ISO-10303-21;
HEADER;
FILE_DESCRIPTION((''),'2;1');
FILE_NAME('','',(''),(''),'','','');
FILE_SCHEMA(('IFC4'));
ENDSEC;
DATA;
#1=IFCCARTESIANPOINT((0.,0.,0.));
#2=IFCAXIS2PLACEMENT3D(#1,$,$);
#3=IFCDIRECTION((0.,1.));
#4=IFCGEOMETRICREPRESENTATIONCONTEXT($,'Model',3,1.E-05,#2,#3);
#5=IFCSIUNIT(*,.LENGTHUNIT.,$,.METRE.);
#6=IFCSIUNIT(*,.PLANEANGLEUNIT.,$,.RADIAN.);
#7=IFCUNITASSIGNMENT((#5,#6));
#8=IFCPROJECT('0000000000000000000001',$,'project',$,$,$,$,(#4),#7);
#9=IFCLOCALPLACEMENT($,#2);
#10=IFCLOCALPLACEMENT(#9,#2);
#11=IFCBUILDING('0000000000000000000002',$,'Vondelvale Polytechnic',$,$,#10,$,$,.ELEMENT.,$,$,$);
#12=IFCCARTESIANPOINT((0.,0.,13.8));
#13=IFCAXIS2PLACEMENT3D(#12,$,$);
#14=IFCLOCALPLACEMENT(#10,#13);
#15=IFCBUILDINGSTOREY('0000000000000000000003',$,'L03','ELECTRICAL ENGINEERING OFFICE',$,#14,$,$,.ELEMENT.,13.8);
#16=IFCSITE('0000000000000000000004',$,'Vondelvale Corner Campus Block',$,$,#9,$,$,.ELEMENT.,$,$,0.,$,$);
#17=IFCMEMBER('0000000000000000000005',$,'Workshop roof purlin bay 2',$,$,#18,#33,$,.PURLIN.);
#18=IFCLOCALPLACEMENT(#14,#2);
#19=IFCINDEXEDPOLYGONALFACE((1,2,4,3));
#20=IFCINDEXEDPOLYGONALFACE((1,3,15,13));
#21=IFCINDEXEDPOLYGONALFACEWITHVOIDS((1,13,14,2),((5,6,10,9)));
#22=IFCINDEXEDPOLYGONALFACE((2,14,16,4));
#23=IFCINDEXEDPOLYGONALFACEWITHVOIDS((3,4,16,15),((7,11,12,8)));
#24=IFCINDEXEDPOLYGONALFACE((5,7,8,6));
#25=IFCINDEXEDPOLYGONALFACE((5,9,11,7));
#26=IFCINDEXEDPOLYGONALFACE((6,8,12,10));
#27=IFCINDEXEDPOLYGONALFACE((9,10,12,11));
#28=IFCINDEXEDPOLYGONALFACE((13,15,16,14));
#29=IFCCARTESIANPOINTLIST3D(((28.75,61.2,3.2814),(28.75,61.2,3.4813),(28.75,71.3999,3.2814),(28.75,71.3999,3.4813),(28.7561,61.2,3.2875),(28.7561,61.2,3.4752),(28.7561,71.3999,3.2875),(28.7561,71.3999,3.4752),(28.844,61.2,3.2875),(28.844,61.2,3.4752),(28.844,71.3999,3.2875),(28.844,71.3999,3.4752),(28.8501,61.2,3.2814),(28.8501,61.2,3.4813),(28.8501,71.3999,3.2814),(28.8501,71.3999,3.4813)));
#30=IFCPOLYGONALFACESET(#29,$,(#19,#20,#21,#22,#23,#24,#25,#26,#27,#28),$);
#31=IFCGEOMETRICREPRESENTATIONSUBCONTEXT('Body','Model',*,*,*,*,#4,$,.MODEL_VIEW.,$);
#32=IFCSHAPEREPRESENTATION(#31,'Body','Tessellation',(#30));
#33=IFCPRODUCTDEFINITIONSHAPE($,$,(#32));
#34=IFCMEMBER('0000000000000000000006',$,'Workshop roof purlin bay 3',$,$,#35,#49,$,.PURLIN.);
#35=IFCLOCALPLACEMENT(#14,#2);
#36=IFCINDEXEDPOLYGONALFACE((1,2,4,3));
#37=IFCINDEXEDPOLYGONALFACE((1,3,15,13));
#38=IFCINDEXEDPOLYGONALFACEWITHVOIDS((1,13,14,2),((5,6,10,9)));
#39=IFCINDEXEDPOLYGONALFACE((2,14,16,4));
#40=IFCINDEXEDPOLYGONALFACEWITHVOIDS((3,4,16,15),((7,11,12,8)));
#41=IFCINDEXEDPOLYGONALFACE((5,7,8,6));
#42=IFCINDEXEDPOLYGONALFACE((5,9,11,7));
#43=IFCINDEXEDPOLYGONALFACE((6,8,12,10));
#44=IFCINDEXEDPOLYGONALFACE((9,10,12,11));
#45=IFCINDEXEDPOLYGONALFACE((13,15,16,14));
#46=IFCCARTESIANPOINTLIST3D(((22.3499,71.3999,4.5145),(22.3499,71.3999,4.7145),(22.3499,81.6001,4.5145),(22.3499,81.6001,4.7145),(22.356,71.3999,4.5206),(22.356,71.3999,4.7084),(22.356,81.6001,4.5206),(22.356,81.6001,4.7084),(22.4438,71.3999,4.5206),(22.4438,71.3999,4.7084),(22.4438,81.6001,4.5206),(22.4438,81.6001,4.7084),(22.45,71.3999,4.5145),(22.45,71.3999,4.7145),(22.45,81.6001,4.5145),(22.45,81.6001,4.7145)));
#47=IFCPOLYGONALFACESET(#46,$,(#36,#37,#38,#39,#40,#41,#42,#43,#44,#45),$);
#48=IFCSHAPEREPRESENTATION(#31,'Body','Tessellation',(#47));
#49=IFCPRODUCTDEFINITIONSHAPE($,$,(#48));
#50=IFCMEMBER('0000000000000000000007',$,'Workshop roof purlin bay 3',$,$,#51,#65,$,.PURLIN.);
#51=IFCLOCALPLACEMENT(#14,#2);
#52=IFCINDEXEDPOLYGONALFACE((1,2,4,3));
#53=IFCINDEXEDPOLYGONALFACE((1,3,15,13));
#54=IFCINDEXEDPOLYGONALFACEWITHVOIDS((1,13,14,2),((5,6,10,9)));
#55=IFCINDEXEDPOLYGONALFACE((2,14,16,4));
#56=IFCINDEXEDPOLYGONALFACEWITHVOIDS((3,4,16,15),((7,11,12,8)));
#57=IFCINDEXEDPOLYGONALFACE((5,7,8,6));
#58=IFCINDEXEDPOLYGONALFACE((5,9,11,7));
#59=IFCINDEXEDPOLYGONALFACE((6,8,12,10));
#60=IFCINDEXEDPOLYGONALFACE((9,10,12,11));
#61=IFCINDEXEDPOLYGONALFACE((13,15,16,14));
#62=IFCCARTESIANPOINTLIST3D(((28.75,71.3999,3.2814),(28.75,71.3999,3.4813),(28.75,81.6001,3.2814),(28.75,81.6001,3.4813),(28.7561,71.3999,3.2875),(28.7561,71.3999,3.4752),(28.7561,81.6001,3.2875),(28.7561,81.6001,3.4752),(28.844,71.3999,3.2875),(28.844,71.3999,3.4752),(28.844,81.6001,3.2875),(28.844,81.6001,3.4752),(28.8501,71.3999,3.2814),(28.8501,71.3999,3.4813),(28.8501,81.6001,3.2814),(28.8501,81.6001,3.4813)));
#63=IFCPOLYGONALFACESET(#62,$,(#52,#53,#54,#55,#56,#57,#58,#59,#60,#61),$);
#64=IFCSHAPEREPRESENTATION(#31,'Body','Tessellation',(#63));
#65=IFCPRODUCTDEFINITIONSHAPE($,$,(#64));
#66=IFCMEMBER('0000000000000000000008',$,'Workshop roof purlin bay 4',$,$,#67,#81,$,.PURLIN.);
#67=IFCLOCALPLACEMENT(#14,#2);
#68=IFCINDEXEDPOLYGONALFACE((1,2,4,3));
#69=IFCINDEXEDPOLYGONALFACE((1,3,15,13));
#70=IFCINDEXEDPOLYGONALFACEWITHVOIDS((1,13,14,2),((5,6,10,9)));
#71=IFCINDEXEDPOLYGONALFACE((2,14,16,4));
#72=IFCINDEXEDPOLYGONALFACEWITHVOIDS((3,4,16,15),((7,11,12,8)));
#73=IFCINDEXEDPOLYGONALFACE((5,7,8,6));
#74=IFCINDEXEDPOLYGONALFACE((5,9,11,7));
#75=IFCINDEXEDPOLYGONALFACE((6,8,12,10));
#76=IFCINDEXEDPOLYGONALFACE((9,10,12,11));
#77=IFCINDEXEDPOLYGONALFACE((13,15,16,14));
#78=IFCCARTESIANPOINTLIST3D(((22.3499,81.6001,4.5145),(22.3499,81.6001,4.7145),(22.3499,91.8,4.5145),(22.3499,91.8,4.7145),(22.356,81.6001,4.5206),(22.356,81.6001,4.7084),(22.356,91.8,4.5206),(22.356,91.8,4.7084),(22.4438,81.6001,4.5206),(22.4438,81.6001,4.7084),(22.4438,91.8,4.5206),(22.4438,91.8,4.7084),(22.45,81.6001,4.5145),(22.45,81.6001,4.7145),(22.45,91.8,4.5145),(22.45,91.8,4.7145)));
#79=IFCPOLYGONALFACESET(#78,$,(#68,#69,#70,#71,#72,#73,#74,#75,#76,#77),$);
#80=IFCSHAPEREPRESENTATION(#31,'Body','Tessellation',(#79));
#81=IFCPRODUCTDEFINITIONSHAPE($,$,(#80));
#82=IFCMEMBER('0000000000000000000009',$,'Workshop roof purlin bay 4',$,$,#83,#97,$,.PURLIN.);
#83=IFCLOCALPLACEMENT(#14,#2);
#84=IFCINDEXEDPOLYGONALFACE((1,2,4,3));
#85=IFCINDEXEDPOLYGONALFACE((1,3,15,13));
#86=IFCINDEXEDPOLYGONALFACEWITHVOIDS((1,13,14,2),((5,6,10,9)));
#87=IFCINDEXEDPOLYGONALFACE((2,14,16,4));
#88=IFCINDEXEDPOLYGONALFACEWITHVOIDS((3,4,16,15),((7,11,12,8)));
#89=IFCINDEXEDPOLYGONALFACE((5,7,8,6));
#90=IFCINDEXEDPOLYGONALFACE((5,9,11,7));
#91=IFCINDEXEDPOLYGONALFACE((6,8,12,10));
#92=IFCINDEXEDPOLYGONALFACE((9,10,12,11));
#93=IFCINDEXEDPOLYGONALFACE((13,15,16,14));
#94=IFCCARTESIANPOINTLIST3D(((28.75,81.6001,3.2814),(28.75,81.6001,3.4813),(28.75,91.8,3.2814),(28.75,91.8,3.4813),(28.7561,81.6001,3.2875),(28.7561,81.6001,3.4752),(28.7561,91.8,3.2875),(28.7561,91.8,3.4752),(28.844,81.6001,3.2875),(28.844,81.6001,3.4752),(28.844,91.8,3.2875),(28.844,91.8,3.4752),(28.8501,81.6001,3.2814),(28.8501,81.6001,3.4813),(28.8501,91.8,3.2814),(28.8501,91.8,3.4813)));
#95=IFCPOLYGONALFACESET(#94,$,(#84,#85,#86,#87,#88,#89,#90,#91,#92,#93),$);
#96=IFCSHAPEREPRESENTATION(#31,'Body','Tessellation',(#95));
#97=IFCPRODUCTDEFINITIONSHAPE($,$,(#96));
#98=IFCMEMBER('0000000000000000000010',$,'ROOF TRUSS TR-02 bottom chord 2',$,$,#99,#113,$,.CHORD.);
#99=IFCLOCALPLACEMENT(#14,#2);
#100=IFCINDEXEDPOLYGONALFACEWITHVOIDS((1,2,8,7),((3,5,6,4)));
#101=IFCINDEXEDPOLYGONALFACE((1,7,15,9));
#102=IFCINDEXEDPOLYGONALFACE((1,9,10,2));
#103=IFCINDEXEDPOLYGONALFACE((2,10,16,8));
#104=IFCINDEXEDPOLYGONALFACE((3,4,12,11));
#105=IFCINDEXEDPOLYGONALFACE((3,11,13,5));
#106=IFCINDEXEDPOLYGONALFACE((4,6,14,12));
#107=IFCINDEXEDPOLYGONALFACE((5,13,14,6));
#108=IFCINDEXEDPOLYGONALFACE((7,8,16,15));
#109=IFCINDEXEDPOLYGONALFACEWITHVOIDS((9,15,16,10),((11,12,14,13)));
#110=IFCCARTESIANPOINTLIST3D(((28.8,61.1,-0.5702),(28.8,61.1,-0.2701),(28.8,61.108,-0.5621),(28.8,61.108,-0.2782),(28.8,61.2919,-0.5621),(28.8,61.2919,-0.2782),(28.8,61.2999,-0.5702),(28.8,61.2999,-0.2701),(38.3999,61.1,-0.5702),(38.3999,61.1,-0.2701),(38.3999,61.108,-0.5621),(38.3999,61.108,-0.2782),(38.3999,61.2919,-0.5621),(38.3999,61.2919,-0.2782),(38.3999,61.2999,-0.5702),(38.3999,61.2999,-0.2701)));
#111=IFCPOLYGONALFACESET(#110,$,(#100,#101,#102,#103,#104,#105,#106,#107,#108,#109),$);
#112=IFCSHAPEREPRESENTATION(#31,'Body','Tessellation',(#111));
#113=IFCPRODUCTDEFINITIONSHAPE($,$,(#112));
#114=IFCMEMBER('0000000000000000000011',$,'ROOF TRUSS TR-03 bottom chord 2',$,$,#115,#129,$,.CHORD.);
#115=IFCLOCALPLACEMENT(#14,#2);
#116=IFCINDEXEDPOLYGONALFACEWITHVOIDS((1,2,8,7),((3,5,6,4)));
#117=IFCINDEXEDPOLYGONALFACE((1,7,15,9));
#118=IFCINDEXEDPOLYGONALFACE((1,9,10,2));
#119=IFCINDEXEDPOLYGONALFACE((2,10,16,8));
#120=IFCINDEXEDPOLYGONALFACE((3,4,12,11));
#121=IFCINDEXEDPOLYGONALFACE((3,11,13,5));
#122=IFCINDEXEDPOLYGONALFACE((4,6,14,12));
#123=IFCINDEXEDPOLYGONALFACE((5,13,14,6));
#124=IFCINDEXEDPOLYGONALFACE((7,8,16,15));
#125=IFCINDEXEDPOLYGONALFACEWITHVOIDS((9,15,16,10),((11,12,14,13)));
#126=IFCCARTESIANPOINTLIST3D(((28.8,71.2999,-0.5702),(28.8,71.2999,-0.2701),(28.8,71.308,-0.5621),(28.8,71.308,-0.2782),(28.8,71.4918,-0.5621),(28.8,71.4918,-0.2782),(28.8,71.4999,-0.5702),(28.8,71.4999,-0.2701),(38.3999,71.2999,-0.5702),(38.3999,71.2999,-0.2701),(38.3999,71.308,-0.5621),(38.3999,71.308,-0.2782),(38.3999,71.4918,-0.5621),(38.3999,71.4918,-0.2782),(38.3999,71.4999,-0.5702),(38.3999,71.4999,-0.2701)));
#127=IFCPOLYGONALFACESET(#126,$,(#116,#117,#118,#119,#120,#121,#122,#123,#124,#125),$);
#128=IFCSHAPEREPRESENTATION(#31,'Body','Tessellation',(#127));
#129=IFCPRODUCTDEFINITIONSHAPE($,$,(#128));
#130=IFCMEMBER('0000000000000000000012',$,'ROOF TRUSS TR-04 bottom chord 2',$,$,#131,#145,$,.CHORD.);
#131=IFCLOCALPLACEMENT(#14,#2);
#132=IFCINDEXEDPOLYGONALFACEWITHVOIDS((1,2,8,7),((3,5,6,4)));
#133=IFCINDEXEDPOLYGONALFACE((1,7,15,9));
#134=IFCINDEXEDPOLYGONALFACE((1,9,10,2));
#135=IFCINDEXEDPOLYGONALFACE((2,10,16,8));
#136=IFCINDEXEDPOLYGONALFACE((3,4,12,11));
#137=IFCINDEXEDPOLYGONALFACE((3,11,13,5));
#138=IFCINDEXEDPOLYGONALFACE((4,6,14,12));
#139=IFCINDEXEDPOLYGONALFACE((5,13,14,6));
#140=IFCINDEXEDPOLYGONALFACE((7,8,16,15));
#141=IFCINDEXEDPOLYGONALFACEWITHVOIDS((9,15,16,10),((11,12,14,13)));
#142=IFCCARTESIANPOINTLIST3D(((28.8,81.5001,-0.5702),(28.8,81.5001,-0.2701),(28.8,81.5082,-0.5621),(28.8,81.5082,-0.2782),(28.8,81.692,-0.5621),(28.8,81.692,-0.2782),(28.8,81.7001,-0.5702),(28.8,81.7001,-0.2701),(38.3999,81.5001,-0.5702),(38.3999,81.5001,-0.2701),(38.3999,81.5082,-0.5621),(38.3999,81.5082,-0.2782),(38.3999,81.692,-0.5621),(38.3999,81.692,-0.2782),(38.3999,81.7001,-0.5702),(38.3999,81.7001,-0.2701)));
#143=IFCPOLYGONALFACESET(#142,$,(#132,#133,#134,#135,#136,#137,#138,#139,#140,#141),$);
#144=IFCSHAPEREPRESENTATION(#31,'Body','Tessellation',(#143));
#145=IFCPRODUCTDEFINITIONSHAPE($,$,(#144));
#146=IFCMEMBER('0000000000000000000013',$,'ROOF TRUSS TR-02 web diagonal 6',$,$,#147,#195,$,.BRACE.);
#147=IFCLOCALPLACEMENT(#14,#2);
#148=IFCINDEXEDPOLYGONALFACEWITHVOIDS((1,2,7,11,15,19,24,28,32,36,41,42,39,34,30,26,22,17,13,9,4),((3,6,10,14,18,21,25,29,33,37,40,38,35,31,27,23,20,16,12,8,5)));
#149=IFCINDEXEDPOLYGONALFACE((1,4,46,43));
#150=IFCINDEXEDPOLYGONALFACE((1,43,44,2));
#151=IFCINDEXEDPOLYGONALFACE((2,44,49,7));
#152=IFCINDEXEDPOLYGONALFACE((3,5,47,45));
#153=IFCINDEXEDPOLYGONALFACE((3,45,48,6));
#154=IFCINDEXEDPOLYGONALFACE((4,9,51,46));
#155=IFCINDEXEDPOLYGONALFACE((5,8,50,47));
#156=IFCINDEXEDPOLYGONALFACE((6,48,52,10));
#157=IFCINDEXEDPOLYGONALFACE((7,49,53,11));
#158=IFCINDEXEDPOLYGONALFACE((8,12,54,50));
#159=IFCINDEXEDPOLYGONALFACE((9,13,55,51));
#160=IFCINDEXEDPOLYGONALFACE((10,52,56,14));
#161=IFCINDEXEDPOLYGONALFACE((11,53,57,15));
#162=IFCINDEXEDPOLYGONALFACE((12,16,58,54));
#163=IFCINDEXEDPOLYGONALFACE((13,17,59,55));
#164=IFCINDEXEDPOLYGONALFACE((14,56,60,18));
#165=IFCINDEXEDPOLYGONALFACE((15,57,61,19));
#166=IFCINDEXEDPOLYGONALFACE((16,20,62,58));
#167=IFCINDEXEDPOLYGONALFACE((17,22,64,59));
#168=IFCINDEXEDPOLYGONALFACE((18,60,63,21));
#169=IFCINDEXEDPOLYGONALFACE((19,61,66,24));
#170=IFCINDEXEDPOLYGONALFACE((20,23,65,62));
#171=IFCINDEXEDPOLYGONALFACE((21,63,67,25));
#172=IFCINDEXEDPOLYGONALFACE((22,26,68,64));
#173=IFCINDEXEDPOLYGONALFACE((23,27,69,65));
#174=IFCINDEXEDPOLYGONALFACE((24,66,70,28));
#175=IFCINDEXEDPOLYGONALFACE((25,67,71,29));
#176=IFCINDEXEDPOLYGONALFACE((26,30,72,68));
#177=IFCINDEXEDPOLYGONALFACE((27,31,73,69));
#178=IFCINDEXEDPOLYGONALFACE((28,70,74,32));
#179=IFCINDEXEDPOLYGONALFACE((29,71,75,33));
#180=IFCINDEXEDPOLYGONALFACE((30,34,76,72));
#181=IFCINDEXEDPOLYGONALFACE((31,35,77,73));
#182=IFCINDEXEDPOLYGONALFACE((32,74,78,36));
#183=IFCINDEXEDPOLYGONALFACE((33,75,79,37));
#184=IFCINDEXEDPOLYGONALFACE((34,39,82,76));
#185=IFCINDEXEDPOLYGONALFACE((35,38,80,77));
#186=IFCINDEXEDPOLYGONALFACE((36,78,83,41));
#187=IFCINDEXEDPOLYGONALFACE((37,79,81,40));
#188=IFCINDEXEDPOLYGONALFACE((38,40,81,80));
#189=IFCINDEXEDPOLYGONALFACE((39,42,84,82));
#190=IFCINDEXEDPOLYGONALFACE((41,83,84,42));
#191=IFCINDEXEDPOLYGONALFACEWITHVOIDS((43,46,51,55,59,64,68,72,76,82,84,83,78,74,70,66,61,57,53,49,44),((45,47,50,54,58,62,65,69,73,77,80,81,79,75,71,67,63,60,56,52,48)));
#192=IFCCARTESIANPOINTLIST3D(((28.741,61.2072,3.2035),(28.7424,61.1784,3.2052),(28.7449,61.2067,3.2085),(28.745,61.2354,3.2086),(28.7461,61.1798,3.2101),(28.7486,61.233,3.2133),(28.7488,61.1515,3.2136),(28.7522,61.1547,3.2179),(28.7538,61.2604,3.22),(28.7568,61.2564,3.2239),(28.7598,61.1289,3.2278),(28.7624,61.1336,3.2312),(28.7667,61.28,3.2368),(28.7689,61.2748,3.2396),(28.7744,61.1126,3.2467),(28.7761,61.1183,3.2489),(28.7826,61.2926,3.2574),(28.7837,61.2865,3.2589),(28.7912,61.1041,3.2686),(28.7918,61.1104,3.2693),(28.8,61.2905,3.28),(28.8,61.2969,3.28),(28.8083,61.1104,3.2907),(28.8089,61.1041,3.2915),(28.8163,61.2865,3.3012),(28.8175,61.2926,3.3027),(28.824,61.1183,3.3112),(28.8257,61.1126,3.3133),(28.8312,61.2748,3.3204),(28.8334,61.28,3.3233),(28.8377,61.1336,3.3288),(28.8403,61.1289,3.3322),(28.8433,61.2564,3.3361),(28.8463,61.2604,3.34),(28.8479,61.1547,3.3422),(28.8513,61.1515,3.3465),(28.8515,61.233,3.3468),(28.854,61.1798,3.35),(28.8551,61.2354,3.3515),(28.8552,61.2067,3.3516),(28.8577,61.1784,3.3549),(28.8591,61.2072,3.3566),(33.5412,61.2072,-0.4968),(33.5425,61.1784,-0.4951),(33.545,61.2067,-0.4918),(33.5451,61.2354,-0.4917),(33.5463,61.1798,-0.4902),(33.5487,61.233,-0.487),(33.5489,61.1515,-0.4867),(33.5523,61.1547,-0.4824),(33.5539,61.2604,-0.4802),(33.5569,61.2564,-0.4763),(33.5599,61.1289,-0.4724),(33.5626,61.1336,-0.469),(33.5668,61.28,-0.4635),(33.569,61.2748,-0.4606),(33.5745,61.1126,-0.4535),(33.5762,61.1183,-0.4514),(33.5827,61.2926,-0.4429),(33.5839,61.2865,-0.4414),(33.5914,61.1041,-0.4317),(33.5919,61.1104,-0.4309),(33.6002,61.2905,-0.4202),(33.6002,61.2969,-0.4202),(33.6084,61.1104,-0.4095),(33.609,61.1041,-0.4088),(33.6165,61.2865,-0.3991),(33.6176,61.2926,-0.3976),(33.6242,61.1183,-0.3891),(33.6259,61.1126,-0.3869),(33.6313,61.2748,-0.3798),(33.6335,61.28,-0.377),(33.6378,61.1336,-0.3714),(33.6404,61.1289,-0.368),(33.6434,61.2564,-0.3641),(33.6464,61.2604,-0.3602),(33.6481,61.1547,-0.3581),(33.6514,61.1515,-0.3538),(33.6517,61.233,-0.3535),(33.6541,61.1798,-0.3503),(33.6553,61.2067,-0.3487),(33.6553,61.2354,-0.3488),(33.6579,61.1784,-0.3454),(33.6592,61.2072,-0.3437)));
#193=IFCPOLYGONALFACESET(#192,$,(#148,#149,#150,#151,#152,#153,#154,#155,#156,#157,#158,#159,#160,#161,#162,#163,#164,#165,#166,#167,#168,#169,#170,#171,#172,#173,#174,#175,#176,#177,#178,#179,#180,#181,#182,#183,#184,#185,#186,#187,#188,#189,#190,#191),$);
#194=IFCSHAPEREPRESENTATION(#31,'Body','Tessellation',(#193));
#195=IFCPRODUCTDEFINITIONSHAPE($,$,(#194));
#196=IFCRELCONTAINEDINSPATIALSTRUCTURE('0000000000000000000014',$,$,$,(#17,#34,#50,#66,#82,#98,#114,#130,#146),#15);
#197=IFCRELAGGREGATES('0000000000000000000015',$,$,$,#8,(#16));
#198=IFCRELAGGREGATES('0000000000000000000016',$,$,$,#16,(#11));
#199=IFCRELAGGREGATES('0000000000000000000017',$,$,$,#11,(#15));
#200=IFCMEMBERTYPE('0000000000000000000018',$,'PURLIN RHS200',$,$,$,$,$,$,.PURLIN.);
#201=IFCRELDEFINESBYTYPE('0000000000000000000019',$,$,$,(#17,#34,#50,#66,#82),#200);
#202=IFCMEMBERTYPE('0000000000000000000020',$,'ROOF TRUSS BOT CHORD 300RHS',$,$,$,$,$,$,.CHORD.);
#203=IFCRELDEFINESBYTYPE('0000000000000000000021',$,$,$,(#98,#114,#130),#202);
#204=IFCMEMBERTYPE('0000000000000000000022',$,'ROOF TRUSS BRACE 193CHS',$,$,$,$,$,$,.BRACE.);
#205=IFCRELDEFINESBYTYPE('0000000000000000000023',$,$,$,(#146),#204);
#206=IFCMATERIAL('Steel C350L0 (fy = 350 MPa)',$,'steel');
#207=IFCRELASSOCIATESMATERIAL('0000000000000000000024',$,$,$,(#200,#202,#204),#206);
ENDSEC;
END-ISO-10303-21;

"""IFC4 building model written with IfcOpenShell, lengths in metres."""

from ifc_helpers import new_model, si_unit, direction, frame, origin, origin_2d, place, context, subcontext, project, spatial, hollow_rectangle, hollow_circle, extrude, material, material_profile, profile_set, type_object, element, save


model = new_model("IFC4")

# Units and contexts
model_context = context("Model", 3, precision=1e-05, world=origin(), true_north=direction((0.0, 1.0)))
body_context = subcontext(model_context, "Body", "Model", "MODEL_VIEW")
ifc_project = project(units=[si_unit("LENGTHUNIT", "METRE"), si_unit("PLANEANGLEUNIT", "RADIAN")], contexts=[model_context])

# Site, building, storey
site_placement = place(None, origin())
site = spatial("IfcSite", under=ifc_project, at=site_placement, Name="Vondelvale Corner Campus Block", CompositionType="ELEMENT", RefElevation=0.0)
building_placement = place(site_placement, origin())
building = spatial("IfcBuilding", under=site, at=building_placement, Name="Vondelvale Polytechnic", CompositionType="ELEMENT")
storey_placement = place(building_placement, frame((0.0, 0.0, 13.8)))
storey = spatial("IfcBuildingStorey", under=building, at=storey_placement, Name="L03", Description="ELECTRICAL ENGINEERING OFFICE", CompositionType="ELEMENT", Elevation=13.8)

# Members
ifc_material_1 = material(Name="Steel C350L0 (fy = 350 MPa)", Category="steel")
ifc_material_profile_1 = material_profile(ifc_material_1, hollow_rectangle(XDim=0.1001, YDim=0.2, WallThickness=0.0061, at=origin_2d()), Name="200x100x6.0RHS")
ifc_profile_set_1 = profile_set([ifc_material_profile_1], Name="Steel C350L0 (fy = 350 MPa)")
member_type_1 = type_object("IfcMemberType", Name="PURLIN RHS200", PredefinedType="PURLIN", material=ifc_profile_set_1)
member_1_placement = place(storey_placement, frame((28.8, 61.2, 3.3813), z_axis=(0.0, 1.0, 0.0), x_axis=(-1.0, 0.0, 0.0)))
element("IfcMember", 1, at=member_1_placement, inside=storey, type_object=member_type_1, Name="Workshop roof purlin bay 2", PredefinedType="PURLIN", context=body_context, shape_type="SweptSolid", body=[
    extrude(hollow_rectangle(XDim=0.1001, YDim=0.2, WallThickness=0.0061, at=origin_2d()), origin(), (0.0, 0.0, 1.0), 10.2),
])
for number, where, z_axis, x_axis, name in (
    (2, (22.3999, 71.3999, 4.6145), (0.0, 1.0, 0.0), (-1.0, 0.0, 0.0), "Workshop roof purlin bay 3"),
    (3, (28.8, 71.3999, 3.3813), (0.0, 1.0, 0.0), (-1.0, 0.0, 0.0), "Workshop roof purlin bay 3"),
):
    element("IfcMember", number, at=place(storey_placement, frame(where, z_axis=z_axis, x_axis=x_axis)), inside=storey, type_object=member_type_1, Name=name, PredefinedType="PURLIN", context=body_context, shape_type="SweptSolid", body=[
        extrude(hollow_rectangle(XDim=0.1001, YDim=0.2, WallThickness=0.0061, at=origin_2d()), origin(), (0.0, 0.0, 1.0), 10.2002),
    ])
for number, where, z_axis, x_axis, name in (
    (4, (22.3999, 81.6001, 4.6145), (0.0, 1.0, 0.0), (-1.0, 0.0, 0.0), "Workshop roof purlin bay 4"),
    (5, (28.8, 81.6001, 3.3813), (0.0, 1.0, 0.0), (-1.0, 0.0, 0.0), "Workshop roof purlin bay 4"),
):
    element("IfcMember", number, at=place(storey_placement, frame(where, z_axis=z_axis, x_axis=x_axis)), inside=storey, type_object=member_type_1, Name=name, PredefinedType="PURLIN", context=body_context, shape_type="SweptSolid", body=[
        extrude(hollow_rectangle(XDim=0.1001, YDim=0.2, WallThickness=0.0061, at=origin_2d()), origin(), (0.0, 0.0, 1.0), 10.2),
    ])
ifc_material_profile_2 = material_profile(ifc_material_1, hollow_rectangle(XDim=0.2, YDim=0.3, WallThickness=0.0081, at=origin_2d()), Name="300x200x8.0RHS")
ifc_profile_set_2 = profile_set([ifc_material_profile_2], Name="Steel C350L0 (fy = 350 MPa)")
member_type_2 = type_object("IfcMemberType", Name="ROOF TRUSS BOT CHORD 300RHS", PredefinedType="CHORD", material=ifc_profile_set_2)
for number, where, z_axis, x_axis, name in (
    (6, (28.8, 61.2, -0.4202), (1.0, 0.0, 0.0), (0.0, 1.0, 0.0), "ROOF TRUSS TR-02 bottom chord 2"),
    (7, (28.8, 71.3999, -0.4202), (1.0, 0.0, 0.0), (0.0, 1.0, 0.0), "ROOF TRUSS TR-03 bottom chord 2"),
    (8, (28.8, 81.6001, -0.4202), (1.0, 0.0, 0.0), (0.0, 1.0, 0.0), "ROOF TRUSS TR-04 bottom chord 2"),
):
    element("IfcMember", number, at=place(storey_placement, frame(where, z_axis=z_axis, x_axis=x_axis)), inside=storey, type_object=member_type_2, Name=name, PredefinedType="CHORD", context=body_context, shape_type="SweptSolid", body=[
        extrude(hollow_rectangle(XDim=0.2, YDim=0.3, WallThickness=0.0081, at=origin_2d()), origin(), (0.0, 0.0, 1.0), 9.5999),
    ])
ifc_material_profile_3 = material_profile(ifc_material_1, hollow_circle(Radius=0.0969, WallThickness=0.0063, at=origin_2d()), Name="193.7x6.4CHS")
ifc_profile_set_3 = profile_set([ifc_material_profile_3], Name="Steel C350L0 (fy = 350 MPa)")
member_type_3 = type_object("IfcMemberType", Name="ROOF TRUSS BRACE 193CHS", PredefinedType="BRACE", material=ifc_profile_set_3)
member_2_placement = place(storey_placement, frame((28.8, 61.2, 3.28), z_axis=(0.791998, 0.0, -0.610524), x_axis=(0.0, 1.0, 0.0)))
element("IfcMember", 9, at=member_2_placement, inside=storey, type_object=member_type_3, Name="ROOF TRUSS TR-02 web diagonal 6", PredefinedType="BRACE", context=body_context, shape_type="SweptSolid", body=[
    extrude(hollow_circle(Radius=0.0969, WallThickness=0.0063, at=origin_2d()), origin(), (0.0, 0.0, 1.0), 6.0608),
])

save(model, "model.ifc")
